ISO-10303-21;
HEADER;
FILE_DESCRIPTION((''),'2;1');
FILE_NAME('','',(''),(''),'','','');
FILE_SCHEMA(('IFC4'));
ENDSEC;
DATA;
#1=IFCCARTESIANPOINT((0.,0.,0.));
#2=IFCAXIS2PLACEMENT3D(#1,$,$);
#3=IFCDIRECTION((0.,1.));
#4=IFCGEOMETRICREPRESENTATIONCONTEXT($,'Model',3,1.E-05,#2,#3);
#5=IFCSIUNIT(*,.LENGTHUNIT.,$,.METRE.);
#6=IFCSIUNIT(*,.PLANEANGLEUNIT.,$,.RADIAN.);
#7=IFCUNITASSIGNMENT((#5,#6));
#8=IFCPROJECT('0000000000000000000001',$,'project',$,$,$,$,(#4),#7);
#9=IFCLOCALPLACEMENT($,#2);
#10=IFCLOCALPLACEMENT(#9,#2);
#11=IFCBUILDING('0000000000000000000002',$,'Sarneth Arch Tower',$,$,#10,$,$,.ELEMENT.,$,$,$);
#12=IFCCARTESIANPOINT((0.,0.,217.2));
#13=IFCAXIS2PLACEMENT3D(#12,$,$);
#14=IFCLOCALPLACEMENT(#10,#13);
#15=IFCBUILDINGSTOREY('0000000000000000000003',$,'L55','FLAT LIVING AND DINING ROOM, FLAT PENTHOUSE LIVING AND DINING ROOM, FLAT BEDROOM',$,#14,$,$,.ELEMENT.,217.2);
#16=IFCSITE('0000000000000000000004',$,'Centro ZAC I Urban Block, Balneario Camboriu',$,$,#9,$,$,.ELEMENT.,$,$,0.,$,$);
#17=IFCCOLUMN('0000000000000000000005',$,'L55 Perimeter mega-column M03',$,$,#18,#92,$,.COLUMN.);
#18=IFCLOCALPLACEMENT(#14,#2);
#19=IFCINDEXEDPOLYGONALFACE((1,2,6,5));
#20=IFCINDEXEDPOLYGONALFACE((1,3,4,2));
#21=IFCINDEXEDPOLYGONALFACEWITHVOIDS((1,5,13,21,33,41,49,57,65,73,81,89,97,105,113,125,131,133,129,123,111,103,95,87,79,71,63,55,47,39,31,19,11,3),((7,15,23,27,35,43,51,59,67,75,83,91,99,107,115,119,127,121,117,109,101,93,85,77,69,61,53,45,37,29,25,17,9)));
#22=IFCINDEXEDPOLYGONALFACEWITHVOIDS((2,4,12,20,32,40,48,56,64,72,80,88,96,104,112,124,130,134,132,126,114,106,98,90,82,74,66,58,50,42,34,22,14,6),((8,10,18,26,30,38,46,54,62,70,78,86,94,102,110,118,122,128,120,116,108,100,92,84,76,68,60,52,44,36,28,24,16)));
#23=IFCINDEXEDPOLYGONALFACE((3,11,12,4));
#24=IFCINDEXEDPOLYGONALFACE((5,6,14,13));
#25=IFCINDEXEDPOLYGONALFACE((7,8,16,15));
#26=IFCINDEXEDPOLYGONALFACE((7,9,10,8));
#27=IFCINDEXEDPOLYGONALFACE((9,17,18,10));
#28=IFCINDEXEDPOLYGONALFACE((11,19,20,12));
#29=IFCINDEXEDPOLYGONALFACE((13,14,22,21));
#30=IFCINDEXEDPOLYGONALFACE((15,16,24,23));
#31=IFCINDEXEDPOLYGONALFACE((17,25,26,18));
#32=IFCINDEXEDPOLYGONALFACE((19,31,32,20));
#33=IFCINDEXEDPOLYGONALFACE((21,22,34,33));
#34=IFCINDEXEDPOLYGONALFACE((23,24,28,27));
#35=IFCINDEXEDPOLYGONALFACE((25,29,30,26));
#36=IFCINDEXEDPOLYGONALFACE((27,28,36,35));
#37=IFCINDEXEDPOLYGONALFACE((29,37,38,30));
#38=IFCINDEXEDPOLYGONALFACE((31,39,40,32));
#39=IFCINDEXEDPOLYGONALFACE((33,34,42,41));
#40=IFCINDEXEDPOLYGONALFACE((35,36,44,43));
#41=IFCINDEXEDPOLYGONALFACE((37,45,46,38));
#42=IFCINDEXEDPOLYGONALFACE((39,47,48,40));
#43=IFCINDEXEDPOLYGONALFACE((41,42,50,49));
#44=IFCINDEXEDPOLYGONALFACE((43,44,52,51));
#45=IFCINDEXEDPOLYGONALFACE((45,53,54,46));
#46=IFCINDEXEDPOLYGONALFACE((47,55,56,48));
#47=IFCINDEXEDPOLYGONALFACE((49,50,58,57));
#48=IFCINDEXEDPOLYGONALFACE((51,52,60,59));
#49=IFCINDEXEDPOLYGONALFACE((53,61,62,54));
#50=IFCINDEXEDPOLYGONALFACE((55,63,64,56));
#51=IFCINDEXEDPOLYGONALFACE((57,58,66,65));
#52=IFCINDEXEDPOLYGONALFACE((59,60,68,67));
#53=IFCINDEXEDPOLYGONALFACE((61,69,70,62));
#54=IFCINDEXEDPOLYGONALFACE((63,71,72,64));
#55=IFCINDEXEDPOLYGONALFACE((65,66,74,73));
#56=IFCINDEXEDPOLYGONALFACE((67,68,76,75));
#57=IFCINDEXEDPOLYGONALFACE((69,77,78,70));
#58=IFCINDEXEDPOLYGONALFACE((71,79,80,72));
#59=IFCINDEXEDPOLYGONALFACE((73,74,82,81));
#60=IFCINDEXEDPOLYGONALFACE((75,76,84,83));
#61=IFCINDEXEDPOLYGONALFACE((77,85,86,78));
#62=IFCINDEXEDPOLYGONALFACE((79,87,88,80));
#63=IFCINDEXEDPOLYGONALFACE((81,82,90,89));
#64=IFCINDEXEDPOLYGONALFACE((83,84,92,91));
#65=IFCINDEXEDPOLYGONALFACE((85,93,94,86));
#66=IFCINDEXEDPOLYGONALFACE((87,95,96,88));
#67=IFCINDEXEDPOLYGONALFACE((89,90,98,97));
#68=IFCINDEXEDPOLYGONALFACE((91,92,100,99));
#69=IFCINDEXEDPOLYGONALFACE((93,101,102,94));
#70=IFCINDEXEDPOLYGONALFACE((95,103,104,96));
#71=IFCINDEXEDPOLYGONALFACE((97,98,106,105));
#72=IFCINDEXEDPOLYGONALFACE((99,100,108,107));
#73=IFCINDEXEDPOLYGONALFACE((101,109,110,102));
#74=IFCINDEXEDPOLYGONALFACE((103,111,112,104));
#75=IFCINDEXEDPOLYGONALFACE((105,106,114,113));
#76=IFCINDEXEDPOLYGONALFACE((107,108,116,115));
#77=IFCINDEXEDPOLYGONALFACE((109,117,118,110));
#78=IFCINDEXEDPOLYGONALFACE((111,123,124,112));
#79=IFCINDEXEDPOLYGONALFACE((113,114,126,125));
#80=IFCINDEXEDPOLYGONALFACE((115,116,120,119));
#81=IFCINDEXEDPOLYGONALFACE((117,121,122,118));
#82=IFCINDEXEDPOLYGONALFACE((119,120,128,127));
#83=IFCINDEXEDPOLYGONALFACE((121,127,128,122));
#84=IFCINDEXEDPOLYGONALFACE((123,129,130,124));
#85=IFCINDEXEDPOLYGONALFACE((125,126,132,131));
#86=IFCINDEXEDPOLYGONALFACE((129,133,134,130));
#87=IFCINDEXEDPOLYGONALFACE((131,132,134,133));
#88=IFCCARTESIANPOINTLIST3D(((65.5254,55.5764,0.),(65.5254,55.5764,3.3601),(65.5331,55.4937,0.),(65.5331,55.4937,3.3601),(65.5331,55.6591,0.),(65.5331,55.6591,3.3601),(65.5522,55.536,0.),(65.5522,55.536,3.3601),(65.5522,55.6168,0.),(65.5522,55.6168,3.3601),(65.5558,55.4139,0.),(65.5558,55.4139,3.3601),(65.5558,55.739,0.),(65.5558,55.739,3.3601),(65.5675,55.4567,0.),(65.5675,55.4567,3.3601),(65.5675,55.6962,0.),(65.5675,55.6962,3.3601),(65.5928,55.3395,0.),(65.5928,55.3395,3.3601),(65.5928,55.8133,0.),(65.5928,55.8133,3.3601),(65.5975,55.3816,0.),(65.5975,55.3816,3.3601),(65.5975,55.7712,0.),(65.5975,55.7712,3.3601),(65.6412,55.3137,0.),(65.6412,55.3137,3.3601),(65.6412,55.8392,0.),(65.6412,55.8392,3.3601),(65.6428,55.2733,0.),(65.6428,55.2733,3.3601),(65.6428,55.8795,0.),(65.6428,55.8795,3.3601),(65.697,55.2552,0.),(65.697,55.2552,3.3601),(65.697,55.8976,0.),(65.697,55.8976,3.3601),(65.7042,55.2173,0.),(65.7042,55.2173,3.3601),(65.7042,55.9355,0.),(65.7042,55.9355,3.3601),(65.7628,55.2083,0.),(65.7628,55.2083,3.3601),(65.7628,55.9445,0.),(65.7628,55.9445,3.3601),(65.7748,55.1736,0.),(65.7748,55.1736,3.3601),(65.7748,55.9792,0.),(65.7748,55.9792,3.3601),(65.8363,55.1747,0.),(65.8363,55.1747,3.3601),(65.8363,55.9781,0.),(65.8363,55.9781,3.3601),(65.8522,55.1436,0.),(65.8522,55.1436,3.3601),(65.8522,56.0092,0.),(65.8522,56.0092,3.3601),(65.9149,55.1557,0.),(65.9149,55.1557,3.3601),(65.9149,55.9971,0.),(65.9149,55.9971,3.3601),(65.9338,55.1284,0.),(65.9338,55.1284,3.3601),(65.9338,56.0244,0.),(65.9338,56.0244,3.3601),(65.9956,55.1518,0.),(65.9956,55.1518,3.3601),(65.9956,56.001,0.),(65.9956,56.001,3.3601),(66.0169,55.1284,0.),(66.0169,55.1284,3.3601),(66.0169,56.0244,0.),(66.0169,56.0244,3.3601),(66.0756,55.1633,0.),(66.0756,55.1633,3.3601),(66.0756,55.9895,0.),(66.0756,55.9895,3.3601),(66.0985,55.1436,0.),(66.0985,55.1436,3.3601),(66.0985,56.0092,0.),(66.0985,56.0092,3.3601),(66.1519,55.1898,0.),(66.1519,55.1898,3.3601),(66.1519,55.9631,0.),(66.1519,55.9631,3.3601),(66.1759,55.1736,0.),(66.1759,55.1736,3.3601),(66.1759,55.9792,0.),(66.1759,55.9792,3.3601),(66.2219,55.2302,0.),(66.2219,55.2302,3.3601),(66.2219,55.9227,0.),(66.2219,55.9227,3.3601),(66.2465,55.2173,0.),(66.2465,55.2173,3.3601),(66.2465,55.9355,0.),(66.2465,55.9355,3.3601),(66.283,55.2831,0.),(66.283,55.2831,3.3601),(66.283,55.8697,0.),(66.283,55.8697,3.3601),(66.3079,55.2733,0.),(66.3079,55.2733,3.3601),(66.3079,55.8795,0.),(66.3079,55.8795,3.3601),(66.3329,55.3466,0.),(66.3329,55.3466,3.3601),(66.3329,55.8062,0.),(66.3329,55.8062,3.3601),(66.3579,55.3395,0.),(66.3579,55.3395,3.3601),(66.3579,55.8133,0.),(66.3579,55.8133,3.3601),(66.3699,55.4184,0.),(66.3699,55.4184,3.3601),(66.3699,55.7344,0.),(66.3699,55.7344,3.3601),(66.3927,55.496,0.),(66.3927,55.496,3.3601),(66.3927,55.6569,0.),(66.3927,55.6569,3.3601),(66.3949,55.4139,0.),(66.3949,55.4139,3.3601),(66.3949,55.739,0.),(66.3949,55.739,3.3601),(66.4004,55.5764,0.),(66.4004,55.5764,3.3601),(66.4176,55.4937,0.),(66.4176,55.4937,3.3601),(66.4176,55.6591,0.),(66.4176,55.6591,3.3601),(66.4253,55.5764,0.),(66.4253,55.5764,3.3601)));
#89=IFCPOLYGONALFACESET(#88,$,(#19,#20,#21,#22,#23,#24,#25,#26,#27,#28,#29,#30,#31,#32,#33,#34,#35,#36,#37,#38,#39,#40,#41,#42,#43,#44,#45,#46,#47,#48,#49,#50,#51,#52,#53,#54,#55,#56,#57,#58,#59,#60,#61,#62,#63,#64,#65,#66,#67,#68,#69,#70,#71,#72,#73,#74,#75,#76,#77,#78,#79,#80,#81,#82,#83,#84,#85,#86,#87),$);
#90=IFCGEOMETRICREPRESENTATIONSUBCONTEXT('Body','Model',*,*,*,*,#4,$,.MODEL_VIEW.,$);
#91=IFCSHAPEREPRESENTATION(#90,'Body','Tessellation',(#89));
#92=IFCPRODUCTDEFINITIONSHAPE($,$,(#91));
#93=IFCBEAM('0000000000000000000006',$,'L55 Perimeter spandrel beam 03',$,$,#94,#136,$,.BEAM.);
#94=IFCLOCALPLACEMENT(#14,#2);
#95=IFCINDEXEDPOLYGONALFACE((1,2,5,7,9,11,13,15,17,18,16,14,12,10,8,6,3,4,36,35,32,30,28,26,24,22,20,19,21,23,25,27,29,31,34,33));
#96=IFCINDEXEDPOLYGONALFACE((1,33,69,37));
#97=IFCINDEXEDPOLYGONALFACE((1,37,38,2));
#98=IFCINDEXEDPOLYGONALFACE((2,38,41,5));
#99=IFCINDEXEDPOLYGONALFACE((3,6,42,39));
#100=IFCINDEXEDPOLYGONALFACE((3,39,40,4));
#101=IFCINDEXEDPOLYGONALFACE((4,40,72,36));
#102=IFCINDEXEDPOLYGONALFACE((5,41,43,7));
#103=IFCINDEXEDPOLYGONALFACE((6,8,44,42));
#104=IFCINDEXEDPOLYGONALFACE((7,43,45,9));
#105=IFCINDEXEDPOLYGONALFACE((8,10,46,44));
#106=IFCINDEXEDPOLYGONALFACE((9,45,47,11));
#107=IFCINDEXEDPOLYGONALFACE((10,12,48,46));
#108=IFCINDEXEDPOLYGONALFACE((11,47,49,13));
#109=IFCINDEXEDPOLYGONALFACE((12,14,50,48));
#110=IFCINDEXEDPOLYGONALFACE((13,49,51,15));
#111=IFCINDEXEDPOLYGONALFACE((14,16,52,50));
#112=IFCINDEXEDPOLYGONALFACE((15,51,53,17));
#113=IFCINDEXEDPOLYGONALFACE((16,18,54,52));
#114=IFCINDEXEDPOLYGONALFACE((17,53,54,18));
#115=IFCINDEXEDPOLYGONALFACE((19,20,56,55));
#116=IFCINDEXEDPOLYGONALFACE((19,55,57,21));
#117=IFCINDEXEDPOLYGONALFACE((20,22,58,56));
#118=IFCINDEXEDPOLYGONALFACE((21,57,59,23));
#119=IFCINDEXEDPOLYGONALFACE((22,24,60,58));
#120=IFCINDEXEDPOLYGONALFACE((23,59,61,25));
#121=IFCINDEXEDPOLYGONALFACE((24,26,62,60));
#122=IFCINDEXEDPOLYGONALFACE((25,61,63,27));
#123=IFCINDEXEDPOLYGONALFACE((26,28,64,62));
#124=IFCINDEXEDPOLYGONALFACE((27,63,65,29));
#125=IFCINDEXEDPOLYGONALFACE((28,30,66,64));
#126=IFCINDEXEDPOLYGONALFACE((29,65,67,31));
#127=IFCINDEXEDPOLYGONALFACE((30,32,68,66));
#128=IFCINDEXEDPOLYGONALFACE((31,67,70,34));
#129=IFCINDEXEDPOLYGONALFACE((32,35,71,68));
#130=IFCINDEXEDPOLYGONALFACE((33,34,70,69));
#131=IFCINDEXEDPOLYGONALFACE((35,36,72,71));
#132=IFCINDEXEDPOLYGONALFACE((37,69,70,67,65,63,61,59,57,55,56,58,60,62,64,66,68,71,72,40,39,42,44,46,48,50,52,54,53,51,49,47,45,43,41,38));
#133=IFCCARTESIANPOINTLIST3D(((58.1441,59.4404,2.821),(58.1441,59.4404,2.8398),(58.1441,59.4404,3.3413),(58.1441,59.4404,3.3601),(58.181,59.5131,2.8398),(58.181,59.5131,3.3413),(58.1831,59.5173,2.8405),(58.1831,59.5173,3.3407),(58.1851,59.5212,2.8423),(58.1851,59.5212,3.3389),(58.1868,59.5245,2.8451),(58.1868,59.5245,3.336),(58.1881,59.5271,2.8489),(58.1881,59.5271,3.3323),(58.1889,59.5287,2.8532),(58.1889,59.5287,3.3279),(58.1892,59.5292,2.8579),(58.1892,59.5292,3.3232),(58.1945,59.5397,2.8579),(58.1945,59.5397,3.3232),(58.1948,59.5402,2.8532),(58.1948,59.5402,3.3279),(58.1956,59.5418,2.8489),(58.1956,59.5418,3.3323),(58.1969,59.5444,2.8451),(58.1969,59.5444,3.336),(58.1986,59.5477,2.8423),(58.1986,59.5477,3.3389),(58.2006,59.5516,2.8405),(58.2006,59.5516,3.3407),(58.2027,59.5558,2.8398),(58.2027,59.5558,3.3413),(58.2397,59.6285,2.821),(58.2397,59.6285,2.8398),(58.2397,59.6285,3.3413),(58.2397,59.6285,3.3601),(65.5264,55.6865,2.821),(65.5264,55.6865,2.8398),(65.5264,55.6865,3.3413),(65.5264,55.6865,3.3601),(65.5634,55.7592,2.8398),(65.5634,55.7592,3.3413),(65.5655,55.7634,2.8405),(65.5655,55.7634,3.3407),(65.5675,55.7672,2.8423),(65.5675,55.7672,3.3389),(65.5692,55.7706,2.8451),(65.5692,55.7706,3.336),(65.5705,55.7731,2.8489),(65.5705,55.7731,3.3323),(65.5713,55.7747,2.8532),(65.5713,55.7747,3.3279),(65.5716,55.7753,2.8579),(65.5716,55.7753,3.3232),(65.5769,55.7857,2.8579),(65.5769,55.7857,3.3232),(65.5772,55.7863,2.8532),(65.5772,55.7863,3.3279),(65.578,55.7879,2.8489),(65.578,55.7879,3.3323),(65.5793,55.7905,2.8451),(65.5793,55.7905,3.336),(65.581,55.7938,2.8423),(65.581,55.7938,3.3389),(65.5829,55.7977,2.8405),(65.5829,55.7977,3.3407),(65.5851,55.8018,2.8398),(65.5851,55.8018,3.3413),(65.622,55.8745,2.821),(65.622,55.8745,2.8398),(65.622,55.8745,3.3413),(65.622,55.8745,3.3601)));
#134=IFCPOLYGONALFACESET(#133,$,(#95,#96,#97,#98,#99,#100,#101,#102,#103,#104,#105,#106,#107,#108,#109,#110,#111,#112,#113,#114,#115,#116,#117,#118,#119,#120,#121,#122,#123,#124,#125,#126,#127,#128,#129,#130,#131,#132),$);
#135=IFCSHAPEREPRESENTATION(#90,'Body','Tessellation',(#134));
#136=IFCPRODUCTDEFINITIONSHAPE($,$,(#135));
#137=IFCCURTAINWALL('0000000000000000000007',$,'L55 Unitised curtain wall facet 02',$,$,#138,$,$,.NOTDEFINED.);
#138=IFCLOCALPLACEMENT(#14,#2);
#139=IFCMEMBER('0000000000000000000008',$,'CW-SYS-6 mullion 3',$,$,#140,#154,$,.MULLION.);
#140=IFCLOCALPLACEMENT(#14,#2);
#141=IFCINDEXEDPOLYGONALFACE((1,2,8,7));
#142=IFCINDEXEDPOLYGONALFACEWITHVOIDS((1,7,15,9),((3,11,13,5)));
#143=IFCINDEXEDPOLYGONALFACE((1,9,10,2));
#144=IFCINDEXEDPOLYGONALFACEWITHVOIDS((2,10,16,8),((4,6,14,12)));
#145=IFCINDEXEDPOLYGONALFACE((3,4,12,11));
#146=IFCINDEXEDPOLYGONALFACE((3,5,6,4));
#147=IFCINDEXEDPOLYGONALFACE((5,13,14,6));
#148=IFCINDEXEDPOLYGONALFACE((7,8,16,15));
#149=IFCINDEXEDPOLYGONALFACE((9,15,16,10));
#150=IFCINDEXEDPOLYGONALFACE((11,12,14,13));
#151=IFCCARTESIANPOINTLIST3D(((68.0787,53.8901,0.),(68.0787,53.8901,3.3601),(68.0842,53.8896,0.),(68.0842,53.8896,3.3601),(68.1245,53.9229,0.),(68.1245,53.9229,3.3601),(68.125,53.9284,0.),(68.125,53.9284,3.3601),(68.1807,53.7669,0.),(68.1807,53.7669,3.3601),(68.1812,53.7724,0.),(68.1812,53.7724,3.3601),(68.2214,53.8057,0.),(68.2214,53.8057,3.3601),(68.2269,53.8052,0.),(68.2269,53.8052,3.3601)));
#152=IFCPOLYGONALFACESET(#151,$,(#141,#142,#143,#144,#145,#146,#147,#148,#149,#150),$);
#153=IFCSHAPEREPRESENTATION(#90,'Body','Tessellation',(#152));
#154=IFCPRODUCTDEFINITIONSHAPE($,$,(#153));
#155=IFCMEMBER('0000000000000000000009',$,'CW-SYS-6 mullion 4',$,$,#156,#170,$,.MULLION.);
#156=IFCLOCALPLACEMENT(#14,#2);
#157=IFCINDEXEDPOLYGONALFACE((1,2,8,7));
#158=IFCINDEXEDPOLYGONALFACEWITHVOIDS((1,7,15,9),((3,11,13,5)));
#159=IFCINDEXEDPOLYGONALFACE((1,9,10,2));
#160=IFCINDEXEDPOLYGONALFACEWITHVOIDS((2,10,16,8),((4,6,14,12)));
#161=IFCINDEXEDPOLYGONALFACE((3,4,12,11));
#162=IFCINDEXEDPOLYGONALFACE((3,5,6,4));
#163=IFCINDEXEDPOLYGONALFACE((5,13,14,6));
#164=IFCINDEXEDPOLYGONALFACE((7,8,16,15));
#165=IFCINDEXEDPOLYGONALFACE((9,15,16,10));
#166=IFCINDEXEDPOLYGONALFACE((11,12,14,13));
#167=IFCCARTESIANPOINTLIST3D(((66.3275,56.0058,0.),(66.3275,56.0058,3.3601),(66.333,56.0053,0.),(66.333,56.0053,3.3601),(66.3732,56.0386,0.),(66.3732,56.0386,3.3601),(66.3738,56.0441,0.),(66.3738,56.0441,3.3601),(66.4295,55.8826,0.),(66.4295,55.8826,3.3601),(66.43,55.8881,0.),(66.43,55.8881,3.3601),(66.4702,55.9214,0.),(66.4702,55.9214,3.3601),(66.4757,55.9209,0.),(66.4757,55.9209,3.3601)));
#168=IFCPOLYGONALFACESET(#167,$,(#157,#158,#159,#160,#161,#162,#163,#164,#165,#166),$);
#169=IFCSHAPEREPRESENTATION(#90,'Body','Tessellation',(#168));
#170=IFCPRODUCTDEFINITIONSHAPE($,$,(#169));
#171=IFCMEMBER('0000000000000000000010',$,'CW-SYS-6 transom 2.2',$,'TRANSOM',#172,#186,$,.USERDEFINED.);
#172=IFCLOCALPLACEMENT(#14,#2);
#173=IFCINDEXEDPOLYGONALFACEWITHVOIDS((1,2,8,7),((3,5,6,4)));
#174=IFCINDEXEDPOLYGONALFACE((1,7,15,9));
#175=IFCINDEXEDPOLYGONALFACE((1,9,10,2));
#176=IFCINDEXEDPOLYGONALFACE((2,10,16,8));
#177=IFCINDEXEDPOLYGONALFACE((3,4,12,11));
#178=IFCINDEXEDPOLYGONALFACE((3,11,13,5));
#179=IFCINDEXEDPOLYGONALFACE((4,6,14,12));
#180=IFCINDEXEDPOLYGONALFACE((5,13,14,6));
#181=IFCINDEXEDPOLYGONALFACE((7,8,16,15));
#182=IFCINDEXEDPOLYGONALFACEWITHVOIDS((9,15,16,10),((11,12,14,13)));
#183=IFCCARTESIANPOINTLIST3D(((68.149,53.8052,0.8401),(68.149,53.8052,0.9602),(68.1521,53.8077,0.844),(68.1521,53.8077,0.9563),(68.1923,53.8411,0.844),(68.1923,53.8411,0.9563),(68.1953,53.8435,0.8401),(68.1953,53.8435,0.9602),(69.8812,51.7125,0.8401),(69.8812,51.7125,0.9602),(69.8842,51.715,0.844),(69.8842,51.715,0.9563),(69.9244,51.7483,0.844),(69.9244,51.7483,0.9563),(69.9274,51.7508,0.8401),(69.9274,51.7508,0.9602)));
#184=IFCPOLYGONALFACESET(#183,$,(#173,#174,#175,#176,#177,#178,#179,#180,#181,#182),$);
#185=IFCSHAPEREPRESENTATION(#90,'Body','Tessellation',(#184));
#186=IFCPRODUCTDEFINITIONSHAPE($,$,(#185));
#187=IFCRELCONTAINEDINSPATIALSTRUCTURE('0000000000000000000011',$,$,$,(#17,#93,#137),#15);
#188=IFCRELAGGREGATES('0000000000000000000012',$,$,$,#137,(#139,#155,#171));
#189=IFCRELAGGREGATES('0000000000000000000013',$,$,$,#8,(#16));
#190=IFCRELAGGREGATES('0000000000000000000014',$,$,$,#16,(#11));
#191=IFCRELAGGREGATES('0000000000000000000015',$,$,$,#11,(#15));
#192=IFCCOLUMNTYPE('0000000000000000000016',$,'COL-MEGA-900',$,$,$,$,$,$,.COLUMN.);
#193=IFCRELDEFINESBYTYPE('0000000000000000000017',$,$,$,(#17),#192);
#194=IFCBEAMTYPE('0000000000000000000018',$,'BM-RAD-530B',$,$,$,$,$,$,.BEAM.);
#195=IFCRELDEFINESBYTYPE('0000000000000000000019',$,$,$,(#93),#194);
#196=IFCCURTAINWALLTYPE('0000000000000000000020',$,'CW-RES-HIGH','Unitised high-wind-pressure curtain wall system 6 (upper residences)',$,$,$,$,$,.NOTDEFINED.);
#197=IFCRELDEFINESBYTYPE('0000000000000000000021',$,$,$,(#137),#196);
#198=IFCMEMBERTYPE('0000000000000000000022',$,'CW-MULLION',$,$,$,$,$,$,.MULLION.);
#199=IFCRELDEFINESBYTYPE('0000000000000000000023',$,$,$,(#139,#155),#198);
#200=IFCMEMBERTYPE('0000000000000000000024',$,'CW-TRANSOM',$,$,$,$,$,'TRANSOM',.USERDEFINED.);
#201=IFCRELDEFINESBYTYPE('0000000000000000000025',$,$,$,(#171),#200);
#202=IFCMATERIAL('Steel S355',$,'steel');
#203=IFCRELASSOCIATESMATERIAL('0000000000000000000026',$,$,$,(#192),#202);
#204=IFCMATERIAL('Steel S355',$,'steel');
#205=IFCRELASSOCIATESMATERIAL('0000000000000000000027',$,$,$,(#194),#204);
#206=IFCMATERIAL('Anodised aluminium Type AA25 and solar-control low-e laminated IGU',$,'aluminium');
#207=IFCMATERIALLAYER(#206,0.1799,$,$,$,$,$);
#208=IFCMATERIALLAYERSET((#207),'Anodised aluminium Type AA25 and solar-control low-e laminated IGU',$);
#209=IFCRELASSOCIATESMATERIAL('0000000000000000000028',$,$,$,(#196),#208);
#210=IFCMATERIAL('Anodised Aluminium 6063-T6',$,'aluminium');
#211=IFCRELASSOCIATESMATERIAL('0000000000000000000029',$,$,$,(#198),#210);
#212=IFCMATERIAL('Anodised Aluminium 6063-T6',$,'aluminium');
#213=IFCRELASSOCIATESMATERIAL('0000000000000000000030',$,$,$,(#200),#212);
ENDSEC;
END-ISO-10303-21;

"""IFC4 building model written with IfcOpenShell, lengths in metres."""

from ifc_helpers import new_model, si_unit, direction, frame, origin, origin_2d, place, context, subcontext, project, spatial, hollow_rectangle, hollow_circle, i_section, extrude, material, layer, layer_set, material_profile, profile_set, type_object, element, aggregate, save


model = new_model("IFC4")

# Units and contexts
model_context = context("Model", 3, precision=1e-05, world=origin(), true_north=direction((0.0, 1.0)))
body_context = subcontext(model_context, "Body", "Model", "MODEL_VIEW")
ifc_project = project(units=[si_unit("LENGTHUNIT", "METRE"), si_unit("PLANEANGLEUNIT", "RADIAN")], contexts=[model_context])

# Site, building, storey
site_placement = place(None, origin())
site = spatial("IfcSite", under=ifc_project, at=site_placement, Name="Centro ZAC I Urban Block, Balneario Camboriu", CompositionType="ELEMENT", RefElevation=0.0)
building_placement = place(site_placement, origin())
building = spatial("IfcBuilding", under=site, at=building_placement, Name="Sarneth Arch Tower", CompositionType="ELEMENT")
storey_placement = place(building_placement, frame((0.0, 0.0, 217.2)))
storey = spatial("IfcBuildingStorey", under=building, at=storey_placement, Name="L55", Description="FLAT LIVING AND DINING ROOM, FLAT PENTHOUSE LIVING AND DINING ROOM, FLAT BEDROOM", CompositionType="ELEMENT", Elevation=217.2)

# Column
ifc_material_1 = material(Name="Steel S355", Category="steel")
ifc_material_profile_1 = material_profile(ifc_material_1, hollow_circle(Radius=0.45, WallThickness=0.0249, at=origin_2d()), Name="CHS900x25")
ifc_profile_set_1 = profile_set([ifc_material_profile_1], Name="Steel S355")
column_type = type_object("IfcColumnType", Name="COL-MEGA-900", PredefinedType="COLUMN", material=ifc_profile_set_1)
column_placement = place(storey_placement, frame((65.9753, 55.5764, 0.0), z_axis=(0.0, 0.0, 1.0), x_axis=(1.0, 0.0, 0.0)))
element("IfcColumn", 1, at=column_placement, inside=storey, type_object=column_type, Name="L55 Perimeter mega-column M03", PredefinedType="COLUMN", context=body_context, shape_type="SweptSolid", body=[
    extrude(hollow_circle(Radius=0.45, WallThickness=0.0249, at=origin_2d()), origin(), (0.0, 0.0, 1.0), 3.3601),
])

# Beam
ifc_material_2 = material(Name="Steel S355", Category="steel")
ifc_material_profile_2 = material_profile(ifc_material_2, i_section(OverallWidth=0.2109, OverallDepth=0.5391, WebThickness=0.0117, FlangeThickness=0.0188, FilletRadius=0.0181, at=origin_2d()), Name="W530x109")
ifc_profile_set_2 = profile_set([ifc_material_profile_2], Name="Steel S355")
beam_type = type_object("IfcBeamType", Name="BM-RAD-530B", PredefinedType="BEAM", material=ifc_profile_set_2)
beam_placement = place(storey_placement, frame((65.5742, 55.7805, 3.0906), z_axis=(-0.891376, 0.453264, 0.0), x_axis=(-0.453264, -0.891376, 0.0)))
element("IfcBeam", 2, at=beam_placement, inside=storey, type_object=beam_type, Name="L55 Perimeter spandrel beam 03", PredefinedType="BEAM", context=body_context, shape_type="SweptSolid", body=[
    extrude(i_section(OverallWidth=0.2109, OverallDepth=0.5391, WebThickness=0.0117, FlangeThickness=0.0188, FilletRadius=0.0181, at=origin_2d()), origin(), (0.0, 0.0, 1.0), 8.282),
])

# Curtain wall, members
ifc_material_3 = material(Name="Anodised aluminium Type AA25 and solar-control low-e laminated IGU", Category="aluminium")
ifc_layer_1 = layer(ifc_material_3, 0.1799)
ifc_layer_set_1 = layer_set([ifc_layer_1], Name="Anodised aluminium Type AA25 and solar-control low-e laminated IGU")
curtain_wall_type = type_object("IfcCurtainWallType", Name="CW-RES-HIGH", Description="Unitised high-wind-pressure curtain wall system 6 (upper residences)", PredefinedType="NOTDEFINED", material=ifc_layer_set_1)
curtain_wall_placement = place(storey_placement, origin())
curtain_wall = element("IfcCurtainWall", 3, at=curtain_wall_placement, inside=storey, type_object=curtain_wall_type, Name="L55 Unitised curtain wall facet 02", PredefinedType="NOTDEFINED")
ifc_material_4 = material(Name="Anodised Aluminium 6063-T6", Category="aluminium")
ifc_material_profile_3 = material_profile(ifc_material_4, hollow_rectangle(XDim=0.0601, YDim=0.1599, WallThickness=0.0039, at=origin_2d()), Name="AL-MULL-160x60x4")
ifc_profile_set_3 = profile_set([ifc_material_profile_3], Name="Anodised Aluminium 6063-T6")
member_type_1 = type_object("IfcMemberType", Name="CW-MULLION", PredefinedType="MULLION", material=ifc_profile_set_3)
member_1_placement = place(storey_placement, frame((68.1528, 53.8477, 0.0), z_axis=(0.0, 0.0, 1.0), x_axis=(-0.770359, -0.63761, 0.0)))
member_1 = element("IfcMember", 4, at=member_1_placement, type_object=member_type_1, Name="CW-SYS-6 mullion 3", PredefinedType="MULLION", context=body_context, shape_type="SweptSolid", body=[
    extrude(hollow_rectangle(XDim=0.0601, YDim=0.1599, WallThickness=0.0039, at=origin_2d()), origin(), (0.0, 0.0, 1.0), 3.3601),
])
member_2_placement = place(storey_placement, frame((66.4016, 55.9634, 0.0), z_axis=(0.0, 0.0, 1.0), x_axis=(-0.770359, -0.63761, 0.0)))
member_2 = element("IfcMember", 5, at=member_2_placement, type_object=member_type_1, Name="CW-SYS-6 mullion 4", PredefinedType="MULLION", context=body_context, shape_type="SweptSolid", body=[
    extrude(hollow_rectangle(XDim=0.0601, YDim=0.1599, WallThickness=0.0039, at=origin_2d()), origin(), (0.0, 0.0, 1.0), 3.3601),
])
ifc_material_5 = material(Name="Anodised Aluminium 6063-T6", Category="aluminium")
ifc_material_profile_4 = material_profile(ifc_material_5, hollow_rectangle(XDim=0.0601, YDim=0.1201, WallThickness=0.0039, at=origin_2d()), Name="AL-TRAN-120x60x4")
ifc_profile_set_4 = profile_set([ifc_material_profile_4], Name="Anodised Aluminium 6063-T6")
member_type_2 = type_object("IfcMemberType", Name="CW-TRANSOM", ElementType="TRANSOM", PredefinedType="USERDEFINED", material=ifc_profile_set_4)
member_3_placement = place(storey_placement, frame((69.9043, 51.7317, 0.9001), z_axis=(-0.637617, 0.770353, 0.0), x_axis=(-0.770353, -0.637617, 0.0)))
member_3 = element("IfcMember", 6, at=member_3_placement, type_object=member_type_2, Name="CW-SYS-6 transom 2.2", ObjectType="TRANSOM", PredefinedType="USERDEFINED", context=body_context, shape_type="SweptSolid", body=[
    extrude(hollow_rectangle(XDim=0.0601, YDim=0.1201, WallThickness=0.0039, at=origin_2d()), origin(), (0.0, 0.0, 1.0), 2.7166),
])

aggregate(curtain_wall, [member_1, member_2, member_3])

save(model, "model.ifc")
